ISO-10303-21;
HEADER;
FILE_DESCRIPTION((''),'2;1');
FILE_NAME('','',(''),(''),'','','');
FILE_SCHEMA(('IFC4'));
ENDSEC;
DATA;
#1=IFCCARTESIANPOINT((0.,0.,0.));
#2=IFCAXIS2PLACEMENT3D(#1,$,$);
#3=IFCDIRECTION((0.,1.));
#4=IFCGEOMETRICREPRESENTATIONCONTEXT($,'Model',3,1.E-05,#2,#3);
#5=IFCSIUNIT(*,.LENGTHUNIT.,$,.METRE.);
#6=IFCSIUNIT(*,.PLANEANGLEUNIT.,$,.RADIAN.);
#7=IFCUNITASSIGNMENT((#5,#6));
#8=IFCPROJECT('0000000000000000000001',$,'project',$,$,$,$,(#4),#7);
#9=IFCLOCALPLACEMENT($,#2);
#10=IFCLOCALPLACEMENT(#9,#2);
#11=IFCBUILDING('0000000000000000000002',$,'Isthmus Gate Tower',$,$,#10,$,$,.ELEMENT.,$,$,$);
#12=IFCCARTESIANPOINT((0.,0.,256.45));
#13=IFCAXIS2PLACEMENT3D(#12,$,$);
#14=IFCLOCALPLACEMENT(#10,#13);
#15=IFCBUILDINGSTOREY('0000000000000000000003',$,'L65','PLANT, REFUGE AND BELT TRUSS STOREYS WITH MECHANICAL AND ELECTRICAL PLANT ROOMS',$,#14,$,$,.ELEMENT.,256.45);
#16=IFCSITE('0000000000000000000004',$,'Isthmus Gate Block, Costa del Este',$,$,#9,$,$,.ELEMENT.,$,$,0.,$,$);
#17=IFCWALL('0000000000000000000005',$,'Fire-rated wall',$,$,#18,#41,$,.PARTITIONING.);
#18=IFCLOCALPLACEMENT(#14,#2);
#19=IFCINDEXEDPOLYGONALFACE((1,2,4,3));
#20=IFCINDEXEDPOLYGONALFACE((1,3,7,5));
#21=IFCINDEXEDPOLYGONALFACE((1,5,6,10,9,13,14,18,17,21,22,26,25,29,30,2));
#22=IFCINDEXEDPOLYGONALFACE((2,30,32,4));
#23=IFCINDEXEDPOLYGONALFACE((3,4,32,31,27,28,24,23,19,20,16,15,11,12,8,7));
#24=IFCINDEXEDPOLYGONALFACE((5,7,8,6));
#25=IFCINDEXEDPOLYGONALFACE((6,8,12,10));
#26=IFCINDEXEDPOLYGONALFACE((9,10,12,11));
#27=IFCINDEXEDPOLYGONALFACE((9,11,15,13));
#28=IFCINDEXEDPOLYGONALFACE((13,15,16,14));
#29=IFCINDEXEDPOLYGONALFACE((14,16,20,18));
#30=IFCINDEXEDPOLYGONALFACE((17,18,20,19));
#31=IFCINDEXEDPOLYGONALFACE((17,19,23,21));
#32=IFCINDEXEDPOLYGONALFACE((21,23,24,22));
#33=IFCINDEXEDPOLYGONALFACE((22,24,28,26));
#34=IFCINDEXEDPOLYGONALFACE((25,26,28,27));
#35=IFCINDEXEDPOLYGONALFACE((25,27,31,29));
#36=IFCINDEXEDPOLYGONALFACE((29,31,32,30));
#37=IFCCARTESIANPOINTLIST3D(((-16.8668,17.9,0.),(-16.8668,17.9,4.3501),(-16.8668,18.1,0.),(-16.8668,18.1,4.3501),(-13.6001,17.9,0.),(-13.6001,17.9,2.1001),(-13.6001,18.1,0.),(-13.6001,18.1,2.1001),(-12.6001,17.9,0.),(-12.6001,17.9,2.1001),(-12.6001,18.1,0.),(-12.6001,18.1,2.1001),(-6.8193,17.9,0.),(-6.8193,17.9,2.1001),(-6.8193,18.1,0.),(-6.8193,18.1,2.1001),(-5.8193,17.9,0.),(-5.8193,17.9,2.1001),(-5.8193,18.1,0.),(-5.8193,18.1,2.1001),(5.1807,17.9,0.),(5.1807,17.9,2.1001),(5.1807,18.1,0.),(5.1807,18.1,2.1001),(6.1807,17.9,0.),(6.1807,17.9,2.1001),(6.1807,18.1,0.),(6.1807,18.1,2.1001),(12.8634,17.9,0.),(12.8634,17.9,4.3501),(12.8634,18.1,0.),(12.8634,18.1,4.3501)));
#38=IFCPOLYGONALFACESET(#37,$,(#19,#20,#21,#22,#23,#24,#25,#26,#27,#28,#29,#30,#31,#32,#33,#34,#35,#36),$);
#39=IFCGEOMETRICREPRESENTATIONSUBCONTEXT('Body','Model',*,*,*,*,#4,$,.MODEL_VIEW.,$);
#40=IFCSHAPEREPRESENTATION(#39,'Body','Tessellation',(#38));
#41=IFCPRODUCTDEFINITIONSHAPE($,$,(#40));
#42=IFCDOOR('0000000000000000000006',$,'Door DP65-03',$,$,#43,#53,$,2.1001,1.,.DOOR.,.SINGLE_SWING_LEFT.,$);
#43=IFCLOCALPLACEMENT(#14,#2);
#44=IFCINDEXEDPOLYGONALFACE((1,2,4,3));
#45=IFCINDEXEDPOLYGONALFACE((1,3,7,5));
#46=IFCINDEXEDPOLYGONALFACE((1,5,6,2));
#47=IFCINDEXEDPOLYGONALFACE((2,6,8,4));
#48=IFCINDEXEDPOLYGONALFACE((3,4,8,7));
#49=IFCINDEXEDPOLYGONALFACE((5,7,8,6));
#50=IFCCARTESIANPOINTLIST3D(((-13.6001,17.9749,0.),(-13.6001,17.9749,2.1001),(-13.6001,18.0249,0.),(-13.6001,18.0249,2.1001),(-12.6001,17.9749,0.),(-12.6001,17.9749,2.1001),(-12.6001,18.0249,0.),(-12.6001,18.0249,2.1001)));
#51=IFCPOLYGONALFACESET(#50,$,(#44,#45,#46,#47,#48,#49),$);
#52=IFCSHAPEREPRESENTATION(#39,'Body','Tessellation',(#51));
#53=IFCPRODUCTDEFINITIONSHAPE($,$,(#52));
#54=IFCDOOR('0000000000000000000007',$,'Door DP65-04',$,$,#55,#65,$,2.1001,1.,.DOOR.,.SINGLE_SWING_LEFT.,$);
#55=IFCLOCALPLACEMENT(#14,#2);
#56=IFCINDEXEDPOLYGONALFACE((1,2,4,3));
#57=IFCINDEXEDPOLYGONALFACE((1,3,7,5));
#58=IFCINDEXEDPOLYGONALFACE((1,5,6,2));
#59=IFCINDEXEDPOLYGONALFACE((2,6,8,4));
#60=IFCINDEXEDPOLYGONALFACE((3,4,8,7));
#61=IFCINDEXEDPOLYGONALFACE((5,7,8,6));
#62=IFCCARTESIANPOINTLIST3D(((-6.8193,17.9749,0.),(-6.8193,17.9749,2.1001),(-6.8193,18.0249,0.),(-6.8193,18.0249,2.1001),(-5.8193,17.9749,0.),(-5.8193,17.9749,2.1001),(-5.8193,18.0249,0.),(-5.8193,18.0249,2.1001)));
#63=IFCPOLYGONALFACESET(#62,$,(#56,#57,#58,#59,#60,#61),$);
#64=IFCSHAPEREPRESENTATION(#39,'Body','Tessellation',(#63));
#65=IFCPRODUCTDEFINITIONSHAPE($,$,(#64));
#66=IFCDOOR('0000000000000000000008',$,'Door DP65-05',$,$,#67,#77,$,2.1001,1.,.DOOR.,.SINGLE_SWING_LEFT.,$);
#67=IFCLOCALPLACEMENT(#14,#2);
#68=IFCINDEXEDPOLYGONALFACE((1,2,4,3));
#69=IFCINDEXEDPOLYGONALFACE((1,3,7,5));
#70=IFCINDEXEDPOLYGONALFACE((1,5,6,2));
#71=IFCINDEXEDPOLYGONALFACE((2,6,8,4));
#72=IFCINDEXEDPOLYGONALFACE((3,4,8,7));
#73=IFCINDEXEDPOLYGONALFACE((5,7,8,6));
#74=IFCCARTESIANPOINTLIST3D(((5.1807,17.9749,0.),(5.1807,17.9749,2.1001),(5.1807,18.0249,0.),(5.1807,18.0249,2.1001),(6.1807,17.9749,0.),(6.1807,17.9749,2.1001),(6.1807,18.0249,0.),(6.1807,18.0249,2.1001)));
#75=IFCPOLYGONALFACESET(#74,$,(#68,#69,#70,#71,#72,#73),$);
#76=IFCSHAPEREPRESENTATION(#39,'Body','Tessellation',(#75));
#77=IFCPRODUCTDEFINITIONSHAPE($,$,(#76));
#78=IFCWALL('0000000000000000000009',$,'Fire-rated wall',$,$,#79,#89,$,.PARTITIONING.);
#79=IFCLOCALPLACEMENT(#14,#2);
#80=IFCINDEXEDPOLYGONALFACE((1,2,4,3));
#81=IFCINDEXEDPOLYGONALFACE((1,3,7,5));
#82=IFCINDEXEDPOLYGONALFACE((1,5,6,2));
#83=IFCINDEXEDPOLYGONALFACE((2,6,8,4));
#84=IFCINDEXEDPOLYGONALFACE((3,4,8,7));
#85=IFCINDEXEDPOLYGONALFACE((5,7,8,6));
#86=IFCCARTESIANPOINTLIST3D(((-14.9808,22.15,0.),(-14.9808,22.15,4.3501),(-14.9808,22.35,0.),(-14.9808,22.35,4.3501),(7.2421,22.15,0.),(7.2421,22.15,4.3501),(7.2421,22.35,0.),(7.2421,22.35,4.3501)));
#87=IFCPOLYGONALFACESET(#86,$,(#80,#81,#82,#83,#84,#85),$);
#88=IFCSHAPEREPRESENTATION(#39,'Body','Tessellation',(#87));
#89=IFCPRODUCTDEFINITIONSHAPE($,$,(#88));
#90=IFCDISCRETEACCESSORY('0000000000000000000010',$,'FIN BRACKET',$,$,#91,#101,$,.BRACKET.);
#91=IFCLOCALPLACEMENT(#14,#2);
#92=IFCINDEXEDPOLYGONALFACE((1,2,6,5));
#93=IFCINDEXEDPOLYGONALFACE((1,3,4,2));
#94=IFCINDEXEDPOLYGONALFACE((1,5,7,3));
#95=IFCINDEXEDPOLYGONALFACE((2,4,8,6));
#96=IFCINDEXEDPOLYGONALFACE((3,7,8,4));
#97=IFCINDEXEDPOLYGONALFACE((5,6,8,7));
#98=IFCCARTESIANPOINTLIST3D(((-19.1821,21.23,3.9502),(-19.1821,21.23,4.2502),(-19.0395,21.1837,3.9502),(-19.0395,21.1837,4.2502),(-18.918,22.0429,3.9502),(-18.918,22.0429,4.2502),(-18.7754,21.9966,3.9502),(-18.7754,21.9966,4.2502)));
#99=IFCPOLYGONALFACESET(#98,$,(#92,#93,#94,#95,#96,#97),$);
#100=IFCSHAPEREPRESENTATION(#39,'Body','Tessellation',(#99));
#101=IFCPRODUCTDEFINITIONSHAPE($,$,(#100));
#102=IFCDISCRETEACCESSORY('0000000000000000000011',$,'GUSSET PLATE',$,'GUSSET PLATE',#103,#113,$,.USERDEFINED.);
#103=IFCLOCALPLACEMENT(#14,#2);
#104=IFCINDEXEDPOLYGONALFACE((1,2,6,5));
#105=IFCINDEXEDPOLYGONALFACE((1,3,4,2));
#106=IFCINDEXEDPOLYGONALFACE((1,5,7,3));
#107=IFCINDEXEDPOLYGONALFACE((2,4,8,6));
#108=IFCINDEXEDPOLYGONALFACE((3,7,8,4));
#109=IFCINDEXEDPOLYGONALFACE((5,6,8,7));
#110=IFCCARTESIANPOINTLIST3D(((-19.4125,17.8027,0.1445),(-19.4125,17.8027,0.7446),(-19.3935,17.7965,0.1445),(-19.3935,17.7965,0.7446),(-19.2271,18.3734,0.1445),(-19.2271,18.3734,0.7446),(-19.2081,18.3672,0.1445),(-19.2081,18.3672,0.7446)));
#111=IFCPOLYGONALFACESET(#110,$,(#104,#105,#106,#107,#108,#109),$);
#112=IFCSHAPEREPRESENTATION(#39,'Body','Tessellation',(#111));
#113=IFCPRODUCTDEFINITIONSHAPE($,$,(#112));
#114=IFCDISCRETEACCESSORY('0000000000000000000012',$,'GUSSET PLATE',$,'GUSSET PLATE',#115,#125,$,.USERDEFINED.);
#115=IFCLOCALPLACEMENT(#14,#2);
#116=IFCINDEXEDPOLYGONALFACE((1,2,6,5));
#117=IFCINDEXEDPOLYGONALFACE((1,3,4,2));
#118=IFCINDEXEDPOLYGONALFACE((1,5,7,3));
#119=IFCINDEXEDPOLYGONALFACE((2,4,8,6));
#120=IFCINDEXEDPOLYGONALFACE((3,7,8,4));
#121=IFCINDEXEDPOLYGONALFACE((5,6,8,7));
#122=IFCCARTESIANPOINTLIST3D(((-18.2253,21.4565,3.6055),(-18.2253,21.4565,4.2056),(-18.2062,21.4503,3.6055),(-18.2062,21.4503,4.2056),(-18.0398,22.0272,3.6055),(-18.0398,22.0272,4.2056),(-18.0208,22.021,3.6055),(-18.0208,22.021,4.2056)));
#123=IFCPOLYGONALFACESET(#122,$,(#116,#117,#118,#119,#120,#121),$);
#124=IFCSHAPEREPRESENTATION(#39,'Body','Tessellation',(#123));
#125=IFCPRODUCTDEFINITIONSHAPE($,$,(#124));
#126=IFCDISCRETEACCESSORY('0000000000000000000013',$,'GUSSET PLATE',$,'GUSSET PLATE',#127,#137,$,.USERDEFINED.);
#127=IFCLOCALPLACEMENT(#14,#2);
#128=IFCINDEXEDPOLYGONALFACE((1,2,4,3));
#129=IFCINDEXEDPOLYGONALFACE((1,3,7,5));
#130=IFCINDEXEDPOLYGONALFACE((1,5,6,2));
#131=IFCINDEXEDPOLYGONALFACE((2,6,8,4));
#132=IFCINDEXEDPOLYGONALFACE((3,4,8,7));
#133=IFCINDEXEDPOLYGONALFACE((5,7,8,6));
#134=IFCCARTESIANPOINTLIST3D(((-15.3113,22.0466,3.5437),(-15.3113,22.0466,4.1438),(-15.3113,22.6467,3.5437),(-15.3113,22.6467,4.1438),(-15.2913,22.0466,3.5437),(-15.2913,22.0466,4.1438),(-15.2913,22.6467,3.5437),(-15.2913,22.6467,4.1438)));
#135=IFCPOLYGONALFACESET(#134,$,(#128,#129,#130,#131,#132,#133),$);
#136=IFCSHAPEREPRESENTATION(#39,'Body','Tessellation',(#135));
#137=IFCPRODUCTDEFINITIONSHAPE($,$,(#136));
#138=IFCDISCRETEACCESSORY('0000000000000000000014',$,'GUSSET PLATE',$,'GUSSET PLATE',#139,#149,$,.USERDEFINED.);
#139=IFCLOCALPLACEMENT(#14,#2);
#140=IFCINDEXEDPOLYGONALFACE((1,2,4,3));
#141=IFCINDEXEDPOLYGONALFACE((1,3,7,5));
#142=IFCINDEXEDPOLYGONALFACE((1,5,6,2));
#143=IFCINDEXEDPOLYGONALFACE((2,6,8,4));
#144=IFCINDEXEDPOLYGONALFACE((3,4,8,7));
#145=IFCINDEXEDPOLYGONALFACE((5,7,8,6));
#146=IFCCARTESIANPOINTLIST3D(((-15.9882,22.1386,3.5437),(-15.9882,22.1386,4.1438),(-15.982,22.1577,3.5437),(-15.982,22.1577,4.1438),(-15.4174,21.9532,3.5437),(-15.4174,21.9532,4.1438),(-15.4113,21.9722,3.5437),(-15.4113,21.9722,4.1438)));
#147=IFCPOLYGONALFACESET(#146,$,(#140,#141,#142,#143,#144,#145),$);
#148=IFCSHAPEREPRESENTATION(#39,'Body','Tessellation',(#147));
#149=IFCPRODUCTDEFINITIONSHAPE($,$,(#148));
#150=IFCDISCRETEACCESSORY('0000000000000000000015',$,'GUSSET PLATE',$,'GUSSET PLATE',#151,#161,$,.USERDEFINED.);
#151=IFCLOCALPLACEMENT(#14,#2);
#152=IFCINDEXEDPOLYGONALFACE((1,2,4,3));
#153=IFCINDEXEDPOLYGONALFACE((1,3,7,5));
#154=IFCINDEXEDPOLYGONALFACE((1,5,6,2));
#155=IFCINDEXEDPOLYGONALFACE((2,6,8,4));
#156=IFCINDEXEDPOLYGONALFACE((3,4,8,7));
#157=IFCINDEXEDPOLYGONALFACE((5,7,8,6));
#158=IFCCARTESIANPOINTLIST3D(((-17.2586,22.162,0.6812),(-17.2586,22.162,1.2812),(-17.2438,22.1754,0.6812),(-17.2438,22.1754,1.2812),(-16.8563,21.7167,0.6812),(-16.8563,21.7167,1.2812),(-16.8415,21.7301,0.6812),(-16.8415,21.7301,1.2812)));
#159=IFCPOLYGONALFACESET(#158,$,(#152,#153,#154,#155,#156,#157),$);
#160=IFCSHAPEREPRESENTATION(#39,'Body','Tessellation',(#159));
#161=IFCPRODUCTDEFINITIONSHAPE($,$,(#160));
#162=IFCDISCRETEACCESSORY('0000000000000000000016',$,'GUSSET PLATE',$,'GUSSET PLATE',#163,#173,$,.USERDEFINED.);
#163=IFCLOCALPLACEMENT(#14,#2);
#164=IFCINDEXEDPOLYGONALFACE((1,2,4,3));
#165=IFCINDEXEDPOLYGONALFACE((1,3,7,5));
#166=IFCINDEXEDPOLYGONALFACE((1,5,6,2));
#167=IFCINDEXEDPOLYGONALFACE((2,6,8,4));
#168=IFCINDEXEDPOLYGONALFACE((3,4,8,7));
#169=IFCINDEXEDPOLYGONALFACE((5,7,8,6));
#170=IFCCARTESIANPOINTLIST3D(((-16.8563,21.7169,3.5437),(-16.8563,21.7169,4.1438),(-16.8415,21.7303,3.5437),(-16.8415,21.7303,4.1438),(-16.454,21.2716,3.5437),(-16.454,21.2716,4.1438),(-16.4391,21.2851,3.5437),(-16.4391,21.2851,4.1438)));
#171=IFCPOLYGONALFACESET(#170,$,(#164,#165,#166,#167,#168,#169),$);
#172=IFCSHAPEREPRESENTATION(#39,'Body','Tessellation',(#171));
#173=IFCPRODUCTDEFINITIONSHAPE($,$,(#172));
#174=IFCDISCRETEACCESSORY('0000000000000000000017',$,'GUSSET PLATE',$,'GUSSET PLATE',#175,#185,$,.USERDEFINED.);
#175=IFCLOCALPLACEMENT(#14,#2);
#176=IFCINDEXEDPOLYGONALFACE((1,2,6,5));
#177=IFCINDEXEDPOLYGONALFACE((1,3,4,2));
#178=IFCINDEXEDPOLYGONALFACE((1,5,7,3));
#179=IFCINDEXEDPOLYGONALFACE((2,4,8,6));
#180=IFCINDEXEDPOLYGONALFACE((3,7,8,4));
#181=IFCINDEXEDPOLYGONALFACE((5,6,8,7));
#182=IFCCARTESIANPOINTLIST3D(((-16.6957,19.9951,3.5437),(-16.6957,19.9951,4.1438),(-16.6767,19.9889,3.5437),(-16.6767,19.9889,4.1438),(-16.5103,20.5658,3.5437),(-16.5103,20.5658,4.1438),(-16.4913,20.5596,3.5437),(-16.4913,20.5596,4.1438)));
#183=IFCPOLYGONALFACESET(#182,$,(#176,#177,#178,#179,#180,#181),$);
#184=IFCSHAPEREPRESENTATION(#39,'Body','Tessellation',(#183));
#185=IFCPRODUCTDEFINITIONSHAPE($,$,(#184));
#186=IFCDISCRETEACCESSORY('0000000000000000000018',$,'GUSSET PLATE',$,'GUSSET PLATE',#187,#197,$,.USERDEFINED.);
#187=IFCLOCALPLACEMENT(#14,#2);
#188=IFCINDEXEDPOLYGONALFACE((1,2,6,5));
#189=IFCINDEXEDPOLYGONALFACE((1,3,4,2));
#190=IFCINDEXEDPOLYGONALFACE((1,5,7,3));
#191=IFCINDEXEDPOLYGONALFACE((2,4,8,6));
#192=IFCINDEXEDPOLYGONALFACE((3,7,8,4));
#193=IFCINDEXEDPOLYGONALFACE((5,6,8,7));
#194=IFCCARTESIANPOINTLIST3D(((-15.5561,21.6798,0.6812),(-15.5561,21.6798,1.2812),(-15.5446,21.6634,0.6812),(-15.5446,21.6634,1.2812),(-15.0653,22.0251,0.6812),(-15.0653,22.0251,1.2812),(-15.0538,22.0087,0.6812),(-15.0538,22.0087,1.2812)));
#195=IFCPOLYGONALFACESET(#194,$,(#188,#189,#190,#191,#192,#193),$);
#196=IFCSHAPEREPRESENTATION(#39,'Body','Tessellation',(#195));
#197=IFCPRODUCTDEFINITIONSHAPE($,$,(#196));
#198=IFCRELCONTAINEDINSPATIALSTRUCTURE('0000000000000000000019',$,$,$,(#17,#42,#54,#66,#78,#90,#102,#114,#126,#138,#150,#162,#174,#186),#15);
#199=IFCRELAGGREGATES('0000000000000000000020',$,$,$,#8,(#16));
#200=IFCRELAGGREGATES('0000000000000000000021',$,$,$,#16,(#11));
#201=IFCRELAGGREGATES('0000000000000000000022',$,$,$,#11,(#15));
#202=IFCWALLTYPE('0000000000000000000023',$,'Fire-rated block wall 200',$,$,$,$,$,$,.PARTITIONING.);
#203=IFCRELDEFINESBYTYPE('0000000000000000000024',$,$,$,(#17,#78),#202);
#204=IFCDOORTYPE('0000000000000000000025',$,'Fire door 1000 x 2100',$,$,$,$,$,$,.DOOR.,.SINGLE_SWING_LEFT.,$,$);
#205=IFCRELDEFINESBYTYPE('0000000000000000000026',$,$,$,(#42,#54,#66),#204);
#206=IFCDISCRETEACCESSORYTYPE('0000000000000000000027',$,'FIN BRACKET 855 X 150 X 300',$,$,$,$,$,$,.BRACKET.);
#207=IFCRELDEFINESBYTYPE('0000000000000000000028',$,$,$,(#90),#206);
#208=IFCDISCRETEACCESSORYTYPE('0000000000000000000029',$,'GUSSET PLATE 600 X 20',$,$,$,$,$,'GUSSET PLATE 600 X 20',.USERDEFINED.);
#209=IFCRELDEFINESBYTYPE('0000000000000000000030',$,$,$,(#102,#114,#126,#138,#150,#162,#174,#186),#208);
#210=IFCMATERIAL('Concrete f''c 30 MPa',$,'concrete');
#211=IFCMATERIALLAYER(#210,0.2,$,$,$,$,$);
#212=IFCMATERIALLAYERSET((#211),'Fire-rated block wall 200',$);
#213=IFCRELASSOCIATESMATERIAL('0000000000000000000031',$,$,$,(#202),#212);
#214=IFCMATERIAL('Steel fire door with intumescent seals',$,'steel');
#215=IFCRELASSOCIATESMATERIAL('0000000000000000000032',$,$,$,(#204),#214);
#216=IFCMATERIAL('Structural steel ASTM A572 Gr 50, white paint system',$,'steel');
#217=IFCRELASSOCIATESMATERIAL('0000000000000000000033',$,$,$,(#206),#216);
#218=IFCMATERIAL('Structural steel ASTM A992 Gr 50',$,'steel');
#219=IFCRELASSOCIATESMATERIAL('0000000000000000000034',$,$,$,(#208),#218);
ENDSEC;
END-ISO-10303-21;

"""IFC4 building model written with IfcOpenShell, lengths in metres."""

from ifc_helpers import new_model, si_unit, direction, frame, frame_2d, origin, origin_2d, place, context, subcontext, project, spatial, rectangle, extrude, material, layer, layer_set, type_object, element, fill, save


model = new_model("IFC4")

# Units and contexts
model_context = context("Model", 3, precision=1e-05, world=origin(), true_north=direction((0.0, 1.0)))
body_context = subcontext(model_context, "Body", "Model", "MODEL_VIEW")
ifc_project = project(units=[si_unit("LENGTHUNIT", "METRE"), si_unit("PLANEANGLEUNIT", "RADIAN")], contexts=[model_context])

# Site, building, storey
site_placement = place(None, origin())
site = spatial("IfcSite", under=ifc_project, at=site_placement, Name="Isthmus Gate Block, Costa del Este", CompositionType="ELEMENT", RefElevation=0.0)
building_placement = place(site_placement, origin())
building = spatial("IfcBuilding", under=site, at=building_placement, Name="Isthmus Gate Tower", CompositionType="ELEMENT")
storey_placement = place(building_placement, frame((0.0, 0.0, 256.45)))
storey = spatial("IfcBuildingStorey", under=building, at=storey_placement, Name="L65", Description="PLANT, REFUGE AND BELT TRUSS STOREYS WITH MECHANICAL AND ELECTRICAL PLANT ROOMS", CompositionType="ELEMENT", Elevation=256.45)

# Wall, openings, doors
ifc_material_1 = material(Name="Concrete f'c 30 MPa", Category="concrete")
ifc_layer_1 = layer(ifc_material_1, 0.2)
ifc_layer_set_1 = layer_set([ifc_layer_1], Name="Fire-rated block wall 200")
wall_type = type_object("IfcWallType", Name="Fire-rated block wall 200", PredefinedType="PARTITIONING", material=ifc_layer_set_1)
wall_1_placement = place(storey_placement, frame((-16.8669, 18.0, 0.0), z_axis=(0.0, 0.0, 1.0), x_axis=(1.0, 0.0, 0.0)))
wall_1 = element("IfcWall", 1, at=wall_1_placement, inside=storey, type_object=wall_type, Name="Fire-rated wall", PredefinedType="PARTITIONING", context=body_context, shape_type="SweptSolid", body=[
    extrude(rectangle(XDim=29.7302, YDim=0.2, at=frame_2d((14.8652, 0.0))), origin(), (0.0, 0.0, 1.0), 4.3501),
])
opening_1_placement = place(wall_1_placement, frame((3.2668, 0.0, 0.0)))
opening_1 = element("IfcOpeningElement", 2, at=opening_1_placement, cuts=wall_1, PredefinedType="OPENING", context=body_context, shape_type="SweptSolid", body=[
    extrude(rectangle(XDim=1.0, YDim=2.1001, at=frame_2d((0.5, 1.05))), frame((0.0, 0.1099, 0.0), z_axis=(0.0, -1.0, 0.0), x_axis=(1.0, 0.0, 0.0)), (0.0, 0.0, 1.0), 0.22),
])
opening_2_placement = place(wall_1_placement, frame((10.0476, 0.0, 0.0)))
opening_2 = element("IfcOpeningElement", 3, at=opening_2_placement, cuts=wall_1, PredefinedType="OPENING", context=body_context, shape_type="SweptSolid", body=[
    extrude(rectangle(XDim=1.0, YDim=2.1001, at=frame_2d((0.5, 1.05))), frame((0.0, 0.1099, 0.0), z_axis=(0.0, -1.0, 0.0), x_axis=(1.0, 0.0, 0.0)), (0.0, 0.0, 1.0), 0.22),
])
opening_3_placement = place(wall_1_placement, frame((22.0476, 0.0, 0.0)))
opening_3 = element("IfcOpeningElement", 4, at=opening_3_placement, cuts=wall_1, PredefinedType="OPENING", context=body_context, shape_type="SweptSolid", body=[
    extrude(rectangle(XDim=1.0, YDim=2.1001, at=frame_2d((0.5, 1.05))), frame((0.0, 0.1099, 0.0), z_axis=(0.0, -1.0, 0.0), x_axis=(1.0, 0.0, 0.0)), (0.0, 0.0, 1.0), 0.22),
])
ifc_material_2 = material(Name="Steel fire door with intumescent seals", Category="steel")
door_type = type_object("IfcDoorType", Name="Fire door 1000 x 2100", OperationType="SINGLE_SWING_LEFT", PredefinedType="DOOR", material=ifc_material_2)
door_1_placement = place(opening_1_placement, origin())
door_1 = element("IfcDoor", 5, at=door_1_placement, inside=storey, type_object=door_type, Name="Door DP65-03", OperationType="SINGLE_SWING_LEFT", OverallHeight=2.1001, OverallWidth=1.0, PredefinedType="DOOR", context=body_context, shape_type="SweptSolid", body=[
    extrude(rectangle(XDim=1.0, YDim=2.1001, at=frame_2d((0.5, 1.05))), frame((0.0, 0.0249, 0.0), z_axis=(0.0, -1.0, 0.0), x_axis=(1.0, 0.0, 0.0)), (0.0, 0.0, 1.0), 0.05),
])
fill(opening_1, door_1)
door_2_placement = place(opening_2_placement, origin())
door_2 = element("IfcDoor", 6, at=door_2_placement, inside=storey, type_object=door_type, Name="Door DP65-04", OperationType="SINGLE_SWING_LEFT", OverallHeight=2.1001, OverallWidth=1.0, PredefinedType="DOOR", context=body_context, shape_type="SweptSolid", body=[
    extrude(rectangle(XDim=1.0, YDim=2.1001, at=frame_2d((0.5, 1.05))), frame((0.0, 0.0249, 0.0), z_axis=(0.0, -1.0, 0.0), x_axis=(1.0, 0.0, 0.0)), (0.0, 0.0, 1.0), 0.05),
])
fill(opening_2, door_2)
door_3_placement = place(opening_3_placement, origin())
door_3 = element("IfcDoor", 7, at=door_3_placement, inside=storey, type_object=door_type, Name="Door DP65-05", OperationType="SINGLE_SWING_LEFT", OverallHeight=2.1001, OverallWidth=1.0, PredefinedType="DOOR", context=body_context, shape_type="SweptSolid", body=[
    extrude(rectangle(XDim=1.0, YDim=2.1001, at=frame_2d((0.5, 1.05))), frame((0.0, 0.0249, 0.0), z_axis=(0.0, -1.0, 0.0), x_axis=(1.0, 0.0, 0.0)), (0.0, 0.0, 1.0), 0.05),
])
fill(opening_3, door_3)

# Wall
wall_2_placement = place(storey_placement, frame((-14.9807, 22.25, 0.0), z_axis=(0.0, 0.0, 1.0), x_axis=(1.0, 0.0, 0.0)))
element("IfcWall", 8, at=wall_2_placement, inside=storey, type_object=wall_type, Name="Fire-rated wall", PredefinedType="PARTITIONING", context=body_context, shape_type="SweptSolid", body=[
    extrude(rectangle(XDim=22.2229, YDim=0.2, at=frame_2d((11.1113, 0.0))), origin(), (0.0, 0.0, 1.0), 4.3501),
])

# Discrete accessories
ifc_material_3 = material(Name="Structural steel ASTM A572 Gr 50, white paint system", Category="steel")
discrete_accessory_type_1 = type_object("IfcDiscreteAccessoryType", Name="FIN BRACKET 855 X 150 X 300", PredefinedType="BRACKET", material=ifc_material_3)
discrete_accessory_placement = place(storey_placement, frame((-18.9788, 21.6133, 3.9502), z_axis=(0.0, 0.0, 1.0), x_axis=(-0.951057, 0.309017, 0.0)))
element("IfcDiscreteAccessory", 9, at=discrete_accessory_placement, inside=storey, type_object=discrete_accessory_type_1, Name="FIN BRACKET", PredefinedType="BRACKET", context=body_context, shape_type="SweptSolid", body=[
    extrude(rectangle(XDim=0.1499, YDim=0.8547, at=origin_2d()), origin(), (0.0, 0.0, 1.0), 0.3),
])
ifc_material_4 = material(Name="Structural steel ASTM A992 Gr 50", Category="steel")
discrete_accessory_type_2 = type_object("IfcDiscreteAccessoryType", Name="GUSSET PLATE 600 X 20", ElementType="GUSSET PLATE 600 X 20", PredefinedType="USERDEFINED", material=ifc_material_4)
for number, where, z_axis, x_axis, name in (
    (10, (-19.3103, 18.085, 0.1445), (0.0, 0.0, 1.0), (0.309017, 0.951057, 0.0), "GUSSET PLATE"),
    (11, (-18.123, 21.7388, 3.6055), (0.0, 0.0, 1.0), (0.309017, 0.951057, 0.0), "GUSSET PLATE"),
    (12, (-15.3013, 22.3467, 3.5437), (0.0, 0.0, 1.0), (0.0, -1.0, 0.0), "GUSSET PLATE"),
    (13, (-15.6997, 22.0554, 3.5437), (0.0, 0.0, 1.0), (0.951057, -0.309017, 0.0), "GUSSET PLATE"),
    (14, (-17.05, 21.946, 0.6812), (0.0, 0.0, 1.0), (0.670465, -0.741942, 0.0), "GUSSET PLATE"),
    (15, (-16.6477, 21.501, 3.5437), (0.0, 0.0, 1.0), (0.670465, -0.741942, 0.0), "GUSSET PLATE"),
    (16, (-16.5935, 20.2773, 3.5437), (0.0, 0.0, 1.0), (0.309017, 0.951057, 0.0), "GUSSET PLATE"),
    (17, (-15.3049, 21.8442, 0.6812), (0.0, 0.0, 1.0), (-0.81786, -0.575418, 0.0), "GUSSET PLATE"),
):
    element("IfcDiscreteAccessory", number, at=place(storey_placement, frame(where, z_axis=z_axis, x_axis=x_axis)), inside=storey, type_object=discrete_accessory_type_2, Name=name, ObjectType="GUSSET PLATE", PredefinedType="USERDEFINED", context=body_context, shape_type="SweptSolid", body=[
        extrude(rectangle(XDim=0.6001, YDim=0.02, at=origin_2d()), origin(), (0.0, 0.0, 1.0), 0.6001),
    ])

save(model, "model.ifc")
